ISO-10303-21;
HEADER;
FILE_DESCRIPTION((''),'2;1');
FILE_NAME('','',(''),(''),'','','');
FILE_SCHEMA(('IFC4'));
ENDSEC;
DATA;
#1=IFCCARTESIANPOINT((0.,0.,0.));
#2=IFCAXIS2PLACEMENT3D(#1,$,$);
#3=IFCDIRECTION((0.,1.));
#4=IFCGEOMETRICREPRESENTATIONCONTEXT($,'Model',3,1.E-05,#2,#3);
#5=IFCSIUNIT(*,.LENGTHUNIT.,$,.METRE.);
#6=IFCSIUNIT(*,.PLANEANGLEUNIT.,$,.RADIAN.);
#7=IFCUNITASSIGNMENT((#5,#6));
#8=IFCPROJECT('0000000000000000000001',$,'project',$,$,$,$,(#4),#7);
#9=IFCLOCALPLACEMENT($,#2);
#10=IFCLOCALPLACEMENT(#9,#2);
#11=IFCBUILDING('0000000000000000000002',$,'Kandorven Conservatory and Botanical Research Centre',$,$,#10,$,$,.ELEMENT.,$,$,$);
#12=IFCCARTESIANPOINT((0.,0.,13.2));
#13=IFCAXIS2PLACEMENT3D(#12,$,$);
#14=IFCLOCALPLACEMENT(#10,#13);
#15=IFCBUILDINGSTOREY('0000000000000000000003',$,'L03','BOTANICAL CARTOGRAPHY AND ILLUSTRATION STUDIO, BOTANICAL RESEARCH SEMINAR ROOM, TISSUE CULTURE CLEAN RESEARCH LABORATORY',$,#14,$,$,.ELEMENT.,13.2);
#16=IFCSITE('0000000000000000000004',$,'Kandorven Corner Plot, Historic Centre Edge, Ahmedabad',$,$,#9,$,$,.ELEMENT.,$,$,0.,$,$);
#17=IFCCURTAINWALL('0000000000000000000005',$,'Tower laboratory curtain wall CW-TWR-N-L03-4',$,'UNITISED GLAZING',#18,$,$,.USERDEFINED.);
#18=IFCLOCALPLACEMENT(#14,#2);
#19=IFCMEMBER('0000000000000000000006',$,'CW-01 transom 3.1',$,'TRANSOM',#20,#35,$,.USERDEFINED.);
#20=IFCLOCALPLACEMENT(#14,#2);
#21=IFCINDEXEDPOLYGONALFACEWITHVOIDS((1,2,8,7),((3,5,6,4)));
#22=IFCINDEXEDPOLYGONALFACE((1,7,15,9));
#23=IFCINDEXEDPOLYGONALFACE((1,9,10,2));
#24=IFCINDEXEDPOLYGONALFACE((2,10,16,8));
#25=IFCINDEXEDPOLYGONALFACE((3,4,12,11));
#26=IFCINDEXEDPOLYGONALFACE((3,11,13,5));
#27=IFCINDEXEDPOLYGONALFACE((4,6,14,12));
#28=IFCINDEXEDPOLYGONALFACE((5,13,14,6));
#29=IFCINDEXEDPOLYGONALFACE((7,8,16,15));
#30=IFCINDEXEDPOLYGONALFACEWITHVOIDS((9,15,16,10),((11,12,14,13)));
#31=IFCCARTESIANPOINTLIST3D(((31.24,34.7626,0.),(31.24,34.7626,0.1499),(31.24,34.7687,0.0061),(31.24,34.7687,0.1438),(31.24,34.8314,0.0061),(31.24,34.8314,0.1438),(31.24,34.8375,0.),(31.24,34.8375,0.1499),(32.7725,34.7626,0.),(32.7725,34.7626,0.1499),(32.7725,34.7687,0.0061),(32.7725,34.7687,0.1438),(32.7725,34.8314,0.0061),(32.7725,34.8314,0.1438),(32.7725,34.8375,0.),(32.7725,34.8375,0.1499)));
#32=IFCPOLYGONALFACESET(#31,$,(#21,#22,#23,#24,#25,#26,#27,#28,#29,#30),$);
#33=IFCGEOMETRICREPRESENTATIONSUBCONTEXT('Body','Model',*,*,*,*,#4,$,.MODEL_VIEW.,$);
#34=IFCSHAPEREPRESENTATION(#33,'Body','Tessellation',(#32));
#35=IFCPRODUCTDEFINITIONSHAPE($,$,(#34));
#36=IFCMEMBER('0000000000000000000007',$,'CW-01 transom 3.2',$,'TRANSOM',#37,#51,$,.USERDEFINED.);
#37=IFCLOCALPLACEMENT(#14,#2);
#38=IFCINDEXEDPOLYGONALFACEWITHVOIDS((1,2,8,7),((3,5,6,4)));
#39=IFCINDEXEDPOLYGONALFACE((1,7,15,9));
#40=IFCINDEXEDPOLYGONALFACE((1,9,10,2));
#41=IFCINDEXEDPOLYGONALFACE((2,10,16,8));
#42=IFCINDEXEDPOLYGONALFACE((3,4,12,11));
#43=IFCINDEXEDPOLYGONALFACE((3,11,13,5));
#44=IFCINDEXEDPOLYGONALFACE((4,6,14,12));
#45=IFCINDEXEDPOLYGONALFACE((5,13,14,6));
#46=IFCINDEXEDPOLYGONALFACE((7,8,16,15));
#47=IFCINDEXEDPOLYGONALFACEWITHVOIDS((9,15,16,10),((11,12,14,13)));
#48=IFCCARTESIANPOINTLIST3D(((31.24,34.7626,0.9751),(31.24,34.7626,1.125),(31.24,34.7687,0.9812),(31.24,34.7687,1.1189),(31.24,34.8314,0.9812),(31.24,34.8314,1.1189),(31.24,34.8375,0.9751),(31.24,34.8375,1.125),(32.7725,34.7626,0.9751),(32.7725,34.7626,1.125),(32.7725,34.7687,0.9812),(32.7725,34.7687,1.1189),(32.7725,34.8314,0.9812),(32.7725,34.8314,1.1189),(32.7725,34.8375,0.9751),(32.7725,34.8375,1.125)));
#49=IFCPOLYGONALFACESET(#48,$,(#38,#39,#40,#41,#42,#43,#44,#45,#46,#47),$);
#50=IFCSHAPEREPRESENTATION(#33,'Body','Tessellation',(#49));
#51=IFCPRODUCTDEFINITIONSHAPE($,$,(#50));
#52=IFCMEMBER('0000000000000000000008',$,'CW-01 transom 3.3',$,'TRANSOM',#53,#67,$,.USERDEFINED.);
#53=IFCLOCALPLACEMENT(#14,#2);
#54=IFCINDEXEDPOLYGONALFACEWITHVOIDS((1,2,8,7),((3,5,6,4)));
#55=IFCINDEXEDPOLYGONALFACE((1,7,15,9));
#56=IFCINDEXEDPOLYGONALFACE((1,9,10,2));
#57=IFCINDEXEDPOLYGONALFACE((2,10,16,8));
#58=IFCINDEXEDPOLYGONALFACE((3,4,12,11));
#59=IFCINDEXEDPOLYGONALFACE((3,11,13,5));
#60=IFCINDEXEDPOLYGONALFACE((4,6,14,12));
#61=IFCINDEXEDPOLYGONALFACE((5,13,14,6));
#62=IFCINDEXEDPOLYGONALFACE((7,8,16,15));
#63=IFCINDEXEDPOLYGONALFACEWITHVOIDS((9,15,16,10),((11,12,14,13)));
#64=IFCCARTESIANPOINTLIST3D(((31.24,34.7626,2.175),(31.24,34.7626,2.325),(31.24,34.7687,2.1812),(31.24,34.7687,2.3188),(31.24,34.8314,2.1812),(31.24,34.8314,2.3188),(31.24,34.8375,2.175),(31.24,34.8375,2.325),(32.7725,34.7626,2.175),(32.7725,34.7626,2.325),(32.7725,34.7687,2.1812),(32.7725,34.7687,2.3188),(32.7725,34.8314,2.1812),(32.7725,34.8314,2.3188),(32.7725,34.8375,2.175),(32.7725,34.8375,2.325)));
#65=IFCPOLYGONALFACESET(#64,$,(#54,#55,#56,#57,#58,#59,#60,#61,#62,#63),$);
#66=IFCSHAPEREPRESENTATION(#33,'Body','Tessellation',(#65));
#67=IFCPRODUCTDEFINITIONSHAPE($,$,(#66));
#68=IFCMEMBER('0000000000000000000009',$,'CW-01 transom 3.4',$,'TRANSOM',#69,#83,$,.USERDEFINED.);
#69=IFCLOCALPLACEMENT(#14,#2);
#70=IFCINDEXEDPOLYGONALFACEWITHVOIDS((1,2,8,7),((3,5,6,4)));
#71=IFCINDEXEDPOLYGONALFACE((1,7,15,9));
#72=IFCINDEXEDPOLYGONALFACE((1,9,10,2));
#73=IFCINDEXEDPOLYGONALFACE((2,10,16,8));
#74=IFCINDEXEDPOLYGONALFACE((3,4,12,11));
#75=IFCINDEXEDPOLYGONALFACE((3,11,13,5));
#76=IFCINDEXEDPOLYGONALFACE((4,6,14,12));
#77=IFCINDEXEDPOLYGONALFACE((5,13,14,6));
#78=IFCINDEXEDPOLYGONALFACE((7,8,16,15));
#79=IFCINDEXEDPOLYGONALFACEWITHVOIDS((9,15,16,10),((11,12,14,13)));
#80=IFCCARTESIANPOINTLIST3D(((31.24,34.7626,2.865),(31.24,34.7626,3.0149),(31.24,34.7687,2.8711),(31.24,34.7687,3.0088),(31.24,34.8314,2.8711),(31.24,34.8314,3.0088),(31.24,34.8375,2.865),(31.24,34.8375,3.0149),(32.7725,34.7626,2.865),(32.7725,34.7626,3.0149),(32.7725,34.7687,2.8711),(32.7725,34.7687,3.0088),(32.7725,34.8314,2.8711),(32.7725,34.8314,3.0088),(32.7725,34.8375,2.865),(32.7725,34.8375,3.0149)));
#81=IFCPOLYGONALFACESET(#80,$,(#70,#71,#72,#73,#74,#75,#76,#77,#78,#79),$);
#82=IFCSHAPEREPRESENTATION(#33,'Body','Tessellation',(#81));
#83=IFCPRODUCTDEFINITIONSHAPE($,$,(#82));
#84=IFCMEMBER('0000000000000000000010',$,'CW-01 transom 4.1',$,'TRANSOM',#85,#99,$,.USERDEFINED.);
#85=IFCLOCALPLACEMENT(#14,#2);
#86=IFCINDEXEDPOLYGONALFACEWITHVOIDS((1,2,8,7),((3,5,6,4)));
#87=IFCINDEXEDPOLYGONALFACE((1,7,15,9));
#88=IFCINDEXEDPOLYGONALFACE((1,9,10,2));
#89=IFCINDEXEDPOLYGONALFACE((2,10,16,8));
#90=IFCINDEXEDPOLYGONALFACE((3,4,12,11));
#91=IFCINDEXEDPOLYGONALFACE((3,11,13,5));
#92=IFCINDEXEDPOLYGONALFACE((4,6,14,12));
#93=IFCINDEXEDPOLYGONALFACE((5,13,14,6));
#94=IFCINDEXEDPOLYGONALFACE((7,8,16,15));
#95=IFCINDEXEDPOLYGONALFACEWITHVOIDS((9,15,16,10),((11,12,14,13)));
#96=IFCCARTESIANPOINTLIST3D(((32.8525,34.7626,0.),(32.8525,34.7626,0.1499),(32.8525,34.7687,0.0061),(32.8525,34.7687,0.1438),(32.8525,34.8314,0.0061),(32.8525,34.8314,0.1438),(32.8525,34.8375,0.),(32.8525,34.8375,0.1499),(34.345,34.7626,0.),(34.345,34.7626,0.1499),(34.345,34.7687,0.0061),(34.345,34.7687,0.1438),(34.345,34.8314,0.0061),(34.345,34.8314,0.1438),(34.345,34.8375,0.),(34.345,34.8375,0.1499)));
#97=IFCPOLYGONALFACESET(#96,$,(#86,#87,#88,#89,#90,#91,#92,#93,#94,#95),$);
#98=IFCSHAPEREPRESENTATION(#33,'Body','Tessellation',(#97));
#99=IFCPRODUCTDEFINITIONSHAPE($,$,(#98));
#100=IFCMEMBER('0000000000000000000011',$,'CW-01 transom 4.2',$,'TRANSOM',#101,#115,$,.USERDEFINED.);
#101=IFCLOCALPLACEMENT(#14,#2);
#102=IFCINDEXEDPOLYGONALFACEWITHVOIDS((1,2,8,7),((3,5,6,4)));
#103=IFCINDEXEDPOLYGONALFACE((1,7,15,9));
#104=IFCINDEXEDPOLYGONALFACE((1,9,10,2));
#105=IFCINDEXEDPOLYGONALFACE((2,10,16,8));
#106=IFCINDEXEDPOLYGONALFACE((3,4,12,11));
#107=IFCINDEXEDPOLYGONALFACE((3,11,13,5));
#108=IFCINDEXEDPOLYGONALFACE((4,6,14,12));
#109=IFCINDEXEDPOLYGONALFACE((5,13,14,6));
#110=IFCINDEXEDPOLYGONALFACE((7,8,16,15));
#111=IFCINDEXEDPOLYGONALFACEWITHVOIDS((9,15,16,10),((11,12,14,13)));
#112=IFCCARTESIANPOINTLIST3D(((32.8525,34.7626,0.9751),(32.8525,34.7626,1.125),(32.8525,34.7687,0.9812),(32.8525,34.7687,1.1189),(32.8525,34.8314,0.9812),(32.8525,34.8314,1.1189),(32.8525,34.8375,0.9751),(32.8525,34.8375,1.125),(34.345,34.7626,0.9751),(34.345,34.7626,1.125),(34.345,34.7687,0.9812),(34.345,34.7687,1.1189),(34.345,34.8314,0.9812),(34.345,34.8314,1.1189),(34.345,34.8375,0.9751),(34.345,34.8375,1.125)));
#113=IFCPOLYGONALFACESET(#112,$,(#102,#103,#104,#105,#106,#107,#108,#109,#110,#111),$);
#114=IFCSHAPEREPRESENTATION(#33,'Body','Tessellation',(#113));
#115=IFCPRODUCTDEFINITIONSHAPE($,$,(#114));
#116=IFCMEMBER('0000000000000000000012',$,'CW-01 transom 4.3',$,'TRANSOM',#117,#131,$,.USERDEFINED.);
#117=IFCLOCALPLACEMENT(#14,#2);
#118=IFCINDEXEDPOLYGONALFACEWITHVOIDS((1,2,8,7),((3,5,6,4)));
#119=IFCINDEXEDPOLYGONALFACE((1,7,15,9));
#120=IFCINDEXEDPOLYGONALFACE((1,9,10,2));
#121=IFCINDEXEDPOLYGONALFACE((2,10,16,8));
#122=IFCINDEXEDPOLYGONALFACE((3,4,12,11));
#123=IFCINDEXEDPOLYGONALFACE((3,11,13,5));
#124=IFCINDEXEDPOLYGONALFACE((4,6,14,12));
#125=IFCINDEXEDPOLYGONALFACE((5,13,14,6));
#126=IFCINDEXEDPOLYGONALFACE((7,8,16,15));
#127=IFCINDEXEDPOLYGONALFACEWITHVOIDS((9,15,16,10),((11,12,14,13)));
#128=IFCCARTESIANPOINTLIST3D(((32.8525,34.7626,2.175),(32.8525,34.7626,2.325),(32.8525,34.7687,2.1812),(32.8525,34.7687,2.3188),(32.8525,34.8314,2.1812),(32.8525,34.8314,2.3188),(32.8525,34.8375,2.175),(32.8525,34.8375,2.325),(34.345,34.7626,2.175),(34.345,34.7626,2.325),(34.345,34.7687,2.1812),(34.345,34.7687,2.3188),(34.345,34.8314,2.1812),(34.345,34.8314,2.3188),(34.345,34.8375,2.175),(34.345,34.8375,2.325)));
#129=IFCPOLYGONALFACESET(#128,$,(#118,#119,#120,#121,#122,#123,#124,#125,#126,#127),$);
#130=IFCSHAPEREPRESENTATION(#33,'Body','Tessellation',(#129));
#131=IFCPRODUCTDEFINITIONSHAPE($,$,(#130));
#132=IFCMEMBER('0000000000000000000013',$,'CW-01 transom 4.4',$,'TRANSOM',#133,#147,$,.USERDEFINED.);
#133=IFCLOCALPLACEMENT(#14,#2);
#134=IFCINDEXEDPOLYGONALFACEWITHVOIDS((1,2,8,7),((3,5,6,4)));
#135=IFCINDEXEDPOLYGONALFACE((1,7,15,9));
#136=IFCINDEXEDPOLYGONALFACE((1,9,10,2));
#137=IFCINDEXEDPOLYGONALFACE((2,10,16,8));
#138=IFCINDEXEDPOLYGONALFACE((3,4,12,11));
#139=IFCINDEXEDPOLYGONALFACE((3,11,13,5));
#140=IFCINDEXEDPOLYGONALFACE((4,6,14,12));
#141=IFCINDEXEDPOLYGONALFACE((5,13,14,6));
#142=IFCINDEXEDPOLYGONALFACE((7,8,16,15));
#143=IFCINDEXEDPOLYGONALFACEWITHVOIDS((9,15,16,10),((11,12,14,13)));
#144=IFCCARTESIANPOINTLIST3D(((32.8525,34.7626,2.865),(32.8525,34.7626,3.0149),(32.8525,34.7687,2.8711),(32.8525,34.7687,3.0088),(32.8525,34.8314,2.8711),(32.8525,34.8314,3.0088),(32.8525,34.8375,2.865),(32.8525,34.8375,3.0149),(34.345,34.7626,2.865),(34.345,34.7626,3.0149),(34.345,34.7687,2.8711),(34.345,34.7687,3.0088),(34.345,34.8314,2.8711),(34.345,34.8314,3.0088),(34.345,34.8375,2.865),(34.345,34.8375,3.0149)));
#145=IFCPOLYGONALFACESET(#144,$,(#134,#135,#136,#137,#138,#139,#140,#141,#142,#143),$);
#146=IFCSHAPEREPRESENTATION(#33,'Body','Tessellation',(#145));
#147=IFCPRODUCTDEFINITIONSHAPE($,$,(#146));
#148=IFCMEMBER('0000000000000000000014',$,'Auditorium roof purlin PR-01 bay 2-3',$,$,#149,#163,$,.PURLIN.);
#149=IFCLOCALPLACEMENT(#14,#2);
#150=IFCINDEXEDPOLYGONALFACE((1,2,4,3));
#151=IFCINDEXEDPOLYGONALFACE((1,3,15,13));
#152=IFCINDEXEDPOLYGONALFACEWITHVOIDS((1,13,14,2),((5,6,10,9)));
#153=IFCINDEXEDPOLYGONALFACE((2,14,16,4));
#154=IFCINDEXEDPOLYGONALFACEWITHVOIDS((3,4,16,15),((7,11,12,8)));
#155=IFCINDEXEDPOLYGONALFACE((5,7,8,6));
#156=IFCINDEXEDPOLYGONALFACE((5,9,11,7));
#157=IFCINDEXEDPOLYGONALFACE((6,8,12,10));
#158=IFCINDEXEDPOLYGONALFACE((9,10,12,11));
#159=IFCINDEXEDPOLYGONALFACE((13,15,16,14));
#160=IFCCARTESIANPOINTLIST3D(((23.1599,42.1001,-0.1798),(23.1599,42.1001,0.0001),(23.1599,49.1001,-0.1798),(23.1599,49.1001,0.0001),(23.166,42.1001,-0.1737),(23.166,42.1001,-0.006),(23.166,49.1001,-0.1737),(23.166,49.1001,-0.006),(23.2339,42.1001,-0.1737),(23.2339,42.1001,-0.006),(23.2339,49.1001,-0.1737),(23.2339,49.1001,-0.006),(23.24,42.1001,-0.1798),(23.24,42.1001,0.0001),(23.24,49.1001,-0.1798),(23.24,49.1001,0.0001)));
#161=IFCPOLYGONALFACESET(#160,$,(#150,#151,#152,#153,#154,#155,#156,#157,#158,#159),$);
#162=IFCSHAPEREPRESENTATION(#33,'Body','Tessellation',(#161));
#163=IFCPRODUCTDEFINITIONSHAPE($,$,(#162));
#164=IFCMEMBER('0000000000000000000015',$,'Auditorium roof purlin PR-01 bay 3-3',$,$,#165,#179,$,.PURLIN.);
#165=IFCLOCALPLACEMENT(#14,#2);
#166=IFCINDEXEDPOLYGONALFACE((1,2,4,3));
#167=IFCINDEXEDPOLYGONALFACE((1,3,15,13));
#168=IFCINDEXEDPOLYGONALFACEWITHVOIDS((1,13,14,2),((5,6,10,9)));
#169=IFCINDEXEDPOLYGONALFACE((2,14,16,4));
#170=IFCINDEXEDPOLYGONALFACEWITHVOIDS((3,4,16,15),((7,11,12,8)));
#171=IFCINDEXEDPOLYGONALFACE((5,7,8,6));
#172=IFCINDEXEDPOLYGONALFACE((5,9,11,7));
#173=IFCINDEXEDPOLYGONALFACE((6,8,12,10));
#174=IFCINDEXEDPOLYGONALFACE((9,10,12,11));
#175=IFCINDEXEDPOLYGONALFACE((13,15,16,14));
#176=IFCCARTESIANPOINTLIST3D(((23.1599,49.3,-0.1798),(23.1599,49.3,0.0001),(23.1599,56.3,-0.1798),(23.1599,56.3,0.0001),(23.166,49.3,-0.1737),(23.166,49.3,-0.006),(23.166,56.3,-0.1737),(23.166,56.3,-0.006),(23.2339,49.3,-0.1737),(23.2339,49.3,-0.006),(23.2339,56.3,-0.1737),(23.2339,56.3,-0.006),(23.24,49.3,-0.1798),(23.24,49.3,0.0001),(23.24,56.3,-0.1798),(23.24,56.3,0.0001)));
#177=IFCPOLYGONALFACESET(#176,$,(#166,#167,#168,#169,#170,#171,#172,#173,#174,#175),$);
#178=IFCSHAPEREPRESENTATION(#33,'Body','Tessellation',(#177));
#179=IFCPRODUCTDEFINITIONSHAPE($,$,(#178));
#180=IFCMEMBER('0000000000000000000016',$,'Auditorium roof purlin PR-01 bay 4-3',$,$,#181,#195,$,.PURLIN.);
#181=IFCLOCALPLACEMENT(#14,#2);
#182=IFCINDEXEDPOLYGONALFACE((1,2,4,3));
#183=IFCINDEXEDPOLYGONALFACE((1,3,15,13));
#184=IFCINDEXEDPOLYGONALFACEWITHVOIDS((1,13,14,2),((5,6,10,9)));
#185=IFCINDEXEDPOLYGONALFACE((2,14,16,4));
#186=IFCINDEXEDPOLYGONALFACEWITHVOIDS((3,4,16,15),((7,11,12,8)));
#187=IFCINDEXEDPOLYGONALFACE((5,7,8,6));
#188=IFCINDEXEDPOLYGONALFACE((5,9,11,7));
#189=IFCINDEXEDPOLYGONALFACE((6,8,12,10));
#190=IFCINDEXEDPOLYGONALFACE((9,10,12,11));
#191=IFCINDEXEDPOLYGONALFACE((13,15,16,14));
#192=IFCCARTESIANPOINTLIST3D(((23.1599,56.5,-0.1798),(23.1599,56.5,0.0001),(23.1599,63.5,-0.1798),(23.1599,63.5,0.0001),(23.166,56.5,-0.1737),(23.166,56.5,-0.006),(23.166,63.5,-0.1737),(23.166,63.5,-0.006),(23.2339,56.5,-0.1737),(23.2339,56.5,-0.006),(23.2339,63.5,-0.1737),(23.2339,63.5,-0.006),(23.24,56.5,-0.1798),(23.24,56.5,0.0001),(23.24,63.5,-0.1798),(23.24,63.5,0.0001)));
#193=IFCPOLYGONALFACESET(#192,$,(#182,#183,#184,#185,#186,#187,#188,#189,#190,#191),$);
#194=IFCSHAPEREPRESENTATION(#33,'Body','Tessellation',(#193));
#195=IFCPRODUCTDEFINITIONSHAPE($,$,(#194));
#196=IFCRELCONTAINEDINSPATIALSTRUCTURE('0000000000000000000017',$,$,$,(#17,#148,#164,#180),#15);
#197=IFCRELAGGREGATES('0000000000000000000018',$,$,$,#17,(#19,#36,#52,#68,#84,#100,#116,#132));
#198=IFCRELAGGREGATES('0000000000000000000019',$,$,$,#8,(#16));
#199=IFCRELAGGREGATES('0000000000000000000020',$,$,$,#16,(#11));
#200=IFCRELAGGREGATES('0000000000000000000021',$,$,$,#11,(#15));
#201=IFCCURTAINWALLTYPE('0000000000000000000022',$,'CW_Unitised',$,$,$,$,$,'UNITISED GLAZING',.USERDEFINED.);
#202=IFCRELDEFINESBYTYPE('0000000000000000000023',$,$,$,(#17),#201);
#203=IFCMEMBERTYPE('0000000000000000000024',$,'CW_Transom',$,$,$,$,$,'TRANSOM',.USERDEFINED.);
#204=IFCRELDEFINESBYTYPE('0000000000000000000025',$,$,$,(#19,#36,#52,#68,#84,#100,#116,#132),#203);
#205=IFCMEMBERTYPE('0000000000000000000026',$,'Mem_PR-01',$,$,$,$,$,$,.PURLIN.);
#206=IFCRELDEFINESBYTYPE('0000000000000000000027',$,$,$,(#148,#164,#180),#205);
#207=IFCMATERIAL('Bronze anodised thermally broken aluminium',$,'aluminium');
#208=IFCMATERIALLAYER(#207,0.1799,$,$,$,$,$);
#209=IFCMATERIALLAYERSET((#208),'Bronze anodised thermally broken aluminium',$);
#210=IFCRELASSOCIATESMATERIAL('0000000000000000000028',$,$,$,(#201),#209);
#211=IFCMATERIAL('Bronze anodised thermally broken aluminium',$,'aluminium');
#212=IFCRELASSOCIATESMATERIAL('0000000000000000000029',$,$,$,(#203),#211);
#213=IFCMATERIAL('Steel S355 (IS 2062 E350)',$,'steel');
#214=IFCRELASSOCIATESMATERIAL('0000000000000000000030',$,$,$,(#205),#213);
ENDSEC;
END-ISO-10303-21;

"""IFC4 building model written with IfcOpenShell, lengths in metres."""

from ifc_helpers import new_model, si_unit, direction, frame, origin, origin_2d, place, context, subcontext, project, spatial, hollow_rectangle, extrude, material, layer, layer_set, material_profile, profile_set, type_object, element, aggregate, save


model = new_model("IFC4")

# Units and contexts
model_context = context("Model", 3, precision=1e-05, world=origin(), true_north=direction((0.0, 1.0)))
body_context = subcontext(model_context, "Body", "Model", "MODEL_VIEW")
ifc_project = project(units=[si_unit("LENGTHUNIT", "METRE"), si_unit("PLANEANGLEUNIT", "RADIAN")], contexts=[model_context])

# Site, building, storey
site_placement = place(None, origin())
site = spatial("IfcSite", under=ifc_project, at=site_placement, Name="Kandorven Corner Plot, Historic Centre Edge, Ahmedabad", CompositionType="ELEMENT", RefElevation=0.0)
building_placement = place(site_placement, origin())
building = spatial("IfcBuilding", under=site, at=building_placement, Name="Kandorven Conservatory and Botanical Research Centre", CompositionType="ELEMENT")
storey_placement = place(building_placement, frame((0.0, 0.0, 13.2)))
storey = spatial("IfcBuildingStorey", under=building, at=storey_placement, Name="L03", Description="BOTANICAL CARTOGRAPHY AND ILLUSTRATION STUDIO, BOTANICAL RESEARCH SEMINAR ROOM, TISSUE CULTURE CLEAN RESEARCH LABORATORY", CompositionType="ELEMENT", Elevation=13.2)

# Curtain wall, members
ifc_material_1 = material(Name="Bronze anodised thermally broken aluminium", Category="aluminium")
ifc_layer_1 = layer(ifc_material_1, 0.1799)
ifc_layer_set_1 = layer_set([ifc_layer_1], Name="Bronze anodised thermally broken aluminium")
curtain_wall_type = type_object("IfcCurtainWallType", Name="CW_Unitised", ElementType="UNITISED GLAZING", PredefinedType="USERDEFINED", material=ifc_layer_set_1)
curtain_wall_placement = place(storey_placement, origin())
curtain_wall = element("IfcCurtainWall", 1, at=curtain_wall_placement, inside=storey, type_object=curtain_wall_type, Name="Tower laboratory curtain wall CW-TWR-N-L03-4", ObjectType="UNITISED GLAZING", PredefinedType="USERDEFINED")
ifc_material_2 = material(Name="Bronze anodised thermally broken aluminium", Category="aluminium")
ifc_material_profile_1 = material_profile(ifc_material_2, hollow_rectangle(XDim=0.075, YDim=0.1499, WallThickness=0.0061, at=origin_2d()))
ifc_profile_set_1 = profile_set([ifc_material_profile_1], Name="Bronze anodised thermally broken aluminium")
member_type_1 = type_object("IfcMemberType", Name="CW_Transom", ElementType="TRANSOM", PredefinedType="USERDEFINED", material=ifc_profile_set_1)
member_1_placement = place(storey_placement, frame((31.24, 34.8, 0.075), z_axis=(1.0, 0.0, 0.0), x_axis=(0.0, 1.0, 0.0)))
member_1 = element("IfcMember", 2, at=member_1_placement, type_object=member_type_1, Name="CW-01 transom 3.1", ObjectType="TRANSOM", PredefinedType="USERDEFINED", context=body_context, shape_type="SweptSolid", body=[
    extrude(hollow_rectangle(XDim=0.075, YDim=0.1499, WallThickness=0.0061, at=origin_2d()), origin(), (0.0, 0.0, 1.0), 1.5325),
])
member_2_placement = place(storey_placement, frame((31.24, 34.8, 1.05), z_axis=(1.0, 0.0, 0.0), x_axis=(0.0, 1.0, 0.0)))
member_2 = element("IfcMember", 3, at=member_2_placement, type_object=member_type_1, Name="CW-01 transom 3.2", ObjectType="TRANSOM", PredefinedType="USERDEFINED", context=body_context, shape_type="SweptSolid", body=[
    extrude(hollow_rectangle(XDim=0.075, YDim=0.1499, WallThickness=0.0061, at=origin_2d()), origin(), (0.0, 0.0, 1.0), 1.5325),
])
member_3_placement = place(storey_placement, frame((31.24, 34.8, 2.25), z_axis=(1.0, 0.0, 0.0), x_axis=(0.0, 1.0, 0.0)))
member_3 = element("IfcMember", 4, at=member_3_placement, type_object=member_type_1, Name="CW-01 transom 3.3", ObjectType="TRANSOM", PredefinedType="USERDEFINED", context=body_context, shape_type="SweptSolid", body=[
    extrude(hollow_rectangle(XDim=0.075, YDim=0.1499, WallThickness=0.0061, at=origin_2d()), origin(), (0.0, 0.0, 1.0), 1.5325),
])
member_4_placement = place(storey_placement, frame((31.24, 34.8, 2.9399), z_axis=(1.0, 0.0, 0.0), x_axis=(0.0, 1.0, 0.0)))
member_4 = element("IfcMember", 5, at=member_4_placement, type_object=member_type_1, Name="CW-01 transom 3.4", ObjectType="TRANSOM", PredefinedType="USERDEFINED", context=body_context, shape_type="SweptSolid", body=[
    extrude(hollow_rectangle(XDim=0.075, YDim=0.1499, WallThickness=0.0061, at=origin_2d()), origin(), (0.0, 0.0, 1.0), 1.5325),
])
member_5_placement = place(storey_placement, frame((32.8525, 34.8, 0.075), z_axis=(1.0, 0.0, 0.0), x_axis=(0.0, 1.0, 0.0)))
member_5 = element("IfcMember", 6, at=member_5_placement, type_object=member_type_1, Name="CW-01 transom 4.1", ObjectType="TRANSOM", PredefinedType="USERDEFINED", context=body_context, shape_type="SweptSolid", body=[
    extrude(hollow_rectangle(XDim=0.075, YDim=0.1499, WallThickness=0.0061, at=origin_2d()), origin(), (0.0, 0.0, 1.0), 1.4924),
])
member_6_placement = place(storey_placement, frame((32.8525, 34.8, 1.05), z_axis=(1.0, 0.0, 0.0), x_axis=(0.0, 1.0, 0.0)))
member_6 = element("IfcMember", 7, at=member_6_placement, type_object=member_type_1, Name="CW-01 transom 4.2", ObjectType="TRANSOM", PredefinedType="USERDEFINED", context=body_context, shape_type="SweptSolid", body=[
    extrude(hollow_rectangle(XDim=0.075, YDim=0.1499, WallThickness=0.0061, at=origin_2d()), origin(), (0.0, 0.0, 1.0), 1.4924),
])
member_7_placement = place(storey_placement, frame((32.8525, 34.8, 2.25), z_axis=(1.0, 0.0, 0.0), x_axis=(0.0, 1.0, 0.0)))
member_7 = element("IfcMember", 8, at=member_7_placement, type_object=member_type_1, Name="CW-01 transom 4.3", ObjectType="TRANSOM", PredefinedType="USERDEFINED", context=body_context, shape_type="SweptSolid", body=[
    extrude(hollow_rectangle(XDim=0.075, YDim=0.1499, WallThickness=0.0061, at=origin_2d()), origin(), (0.0, 0.0, 1.0), 1.4924),
])
member_8_placement = place(storey_placement, frame((32.8525, 34.8, 2.9399), z_axis=(1.0, 0.0, 0.0), x_axis=(0.0, 1.0, 0.0)))
member_8 = element("IfcMember", 9, at=member_8_placement, type_object=member_type_1, Name="CW-01 transom 4.4", ObjectType="TRANSOM", PredefinedType="USERDEFINED", context=body_context, shape_type="SweptSolid", body=[
    extrude(hollow_rectangle(XDim=0.075, YDim=0.1499, WallThickness=0.0061, at=origin_2d()), origin(), (0.0, 0.0, 1.0), 1.4924),
])

# Members
ifc_material_3 = material(Name="Steel S355 (IS 2062 E350)", Category="steel")
ifc_material_profile_2 = material_profile(ifc_material_3, hollow_rectangle(XDim=0.0801, YDim=0.1799, WallThickness=0.0061, at=origin_2d()))
ifc_profile_set_2 = profile_set([ifc_material_profile_2], Name="Steel S355 (IS 2062 E350)")
member_type_2 = type_object("IfcMemberType", Name="Mem_PR-01", PredefinedType="PURLIN", material=ifc_profile_set_2)
for number, where, z_axis, x_axis, name in (
    (10, (23.2, 42.1001, -0.0898), (0.0, 1.0, 0.0), (-1.0, 0.0, 0.0), "Auditorium roof purlin PR-01 bay 2-3"),
    (11, (23.2, 49.3, -0.0898), (0.0, 1.0, 0.0), (-1.0, 0.0, 0.0), "Auditorium roof purlin PR-01 bay 3-3"),
    (12, (23.2, 56.5, -0.0898), (0.0, 1.0, 0.0), (-1.0, 0.0, 0.0), "Auditorium roof purlin PR-01 bay 4-3"),
):
    element("IfcMember", number, at=place(storey_placement, frame(where, z_axis=z_axis, x_axis=x_axis)), inside=storey, type_object=member_type_2, Name=name, PredefinedType="PURLIN", context=body_context, shape_type="SweptSolid", body=[
        extrude(hollow_rectangle(XDim=0.0801, YDim=0.1799, WallThickness=0.0061, at=origin_2d()), origin(), (0.0, 0.0, 1.0), 7.0),
    ])

aggregate(curtain_wall, [member_1, member_2, member_3, member_4, member_5, member_6, member_7, member_8])

save(model, "model.ifc")
